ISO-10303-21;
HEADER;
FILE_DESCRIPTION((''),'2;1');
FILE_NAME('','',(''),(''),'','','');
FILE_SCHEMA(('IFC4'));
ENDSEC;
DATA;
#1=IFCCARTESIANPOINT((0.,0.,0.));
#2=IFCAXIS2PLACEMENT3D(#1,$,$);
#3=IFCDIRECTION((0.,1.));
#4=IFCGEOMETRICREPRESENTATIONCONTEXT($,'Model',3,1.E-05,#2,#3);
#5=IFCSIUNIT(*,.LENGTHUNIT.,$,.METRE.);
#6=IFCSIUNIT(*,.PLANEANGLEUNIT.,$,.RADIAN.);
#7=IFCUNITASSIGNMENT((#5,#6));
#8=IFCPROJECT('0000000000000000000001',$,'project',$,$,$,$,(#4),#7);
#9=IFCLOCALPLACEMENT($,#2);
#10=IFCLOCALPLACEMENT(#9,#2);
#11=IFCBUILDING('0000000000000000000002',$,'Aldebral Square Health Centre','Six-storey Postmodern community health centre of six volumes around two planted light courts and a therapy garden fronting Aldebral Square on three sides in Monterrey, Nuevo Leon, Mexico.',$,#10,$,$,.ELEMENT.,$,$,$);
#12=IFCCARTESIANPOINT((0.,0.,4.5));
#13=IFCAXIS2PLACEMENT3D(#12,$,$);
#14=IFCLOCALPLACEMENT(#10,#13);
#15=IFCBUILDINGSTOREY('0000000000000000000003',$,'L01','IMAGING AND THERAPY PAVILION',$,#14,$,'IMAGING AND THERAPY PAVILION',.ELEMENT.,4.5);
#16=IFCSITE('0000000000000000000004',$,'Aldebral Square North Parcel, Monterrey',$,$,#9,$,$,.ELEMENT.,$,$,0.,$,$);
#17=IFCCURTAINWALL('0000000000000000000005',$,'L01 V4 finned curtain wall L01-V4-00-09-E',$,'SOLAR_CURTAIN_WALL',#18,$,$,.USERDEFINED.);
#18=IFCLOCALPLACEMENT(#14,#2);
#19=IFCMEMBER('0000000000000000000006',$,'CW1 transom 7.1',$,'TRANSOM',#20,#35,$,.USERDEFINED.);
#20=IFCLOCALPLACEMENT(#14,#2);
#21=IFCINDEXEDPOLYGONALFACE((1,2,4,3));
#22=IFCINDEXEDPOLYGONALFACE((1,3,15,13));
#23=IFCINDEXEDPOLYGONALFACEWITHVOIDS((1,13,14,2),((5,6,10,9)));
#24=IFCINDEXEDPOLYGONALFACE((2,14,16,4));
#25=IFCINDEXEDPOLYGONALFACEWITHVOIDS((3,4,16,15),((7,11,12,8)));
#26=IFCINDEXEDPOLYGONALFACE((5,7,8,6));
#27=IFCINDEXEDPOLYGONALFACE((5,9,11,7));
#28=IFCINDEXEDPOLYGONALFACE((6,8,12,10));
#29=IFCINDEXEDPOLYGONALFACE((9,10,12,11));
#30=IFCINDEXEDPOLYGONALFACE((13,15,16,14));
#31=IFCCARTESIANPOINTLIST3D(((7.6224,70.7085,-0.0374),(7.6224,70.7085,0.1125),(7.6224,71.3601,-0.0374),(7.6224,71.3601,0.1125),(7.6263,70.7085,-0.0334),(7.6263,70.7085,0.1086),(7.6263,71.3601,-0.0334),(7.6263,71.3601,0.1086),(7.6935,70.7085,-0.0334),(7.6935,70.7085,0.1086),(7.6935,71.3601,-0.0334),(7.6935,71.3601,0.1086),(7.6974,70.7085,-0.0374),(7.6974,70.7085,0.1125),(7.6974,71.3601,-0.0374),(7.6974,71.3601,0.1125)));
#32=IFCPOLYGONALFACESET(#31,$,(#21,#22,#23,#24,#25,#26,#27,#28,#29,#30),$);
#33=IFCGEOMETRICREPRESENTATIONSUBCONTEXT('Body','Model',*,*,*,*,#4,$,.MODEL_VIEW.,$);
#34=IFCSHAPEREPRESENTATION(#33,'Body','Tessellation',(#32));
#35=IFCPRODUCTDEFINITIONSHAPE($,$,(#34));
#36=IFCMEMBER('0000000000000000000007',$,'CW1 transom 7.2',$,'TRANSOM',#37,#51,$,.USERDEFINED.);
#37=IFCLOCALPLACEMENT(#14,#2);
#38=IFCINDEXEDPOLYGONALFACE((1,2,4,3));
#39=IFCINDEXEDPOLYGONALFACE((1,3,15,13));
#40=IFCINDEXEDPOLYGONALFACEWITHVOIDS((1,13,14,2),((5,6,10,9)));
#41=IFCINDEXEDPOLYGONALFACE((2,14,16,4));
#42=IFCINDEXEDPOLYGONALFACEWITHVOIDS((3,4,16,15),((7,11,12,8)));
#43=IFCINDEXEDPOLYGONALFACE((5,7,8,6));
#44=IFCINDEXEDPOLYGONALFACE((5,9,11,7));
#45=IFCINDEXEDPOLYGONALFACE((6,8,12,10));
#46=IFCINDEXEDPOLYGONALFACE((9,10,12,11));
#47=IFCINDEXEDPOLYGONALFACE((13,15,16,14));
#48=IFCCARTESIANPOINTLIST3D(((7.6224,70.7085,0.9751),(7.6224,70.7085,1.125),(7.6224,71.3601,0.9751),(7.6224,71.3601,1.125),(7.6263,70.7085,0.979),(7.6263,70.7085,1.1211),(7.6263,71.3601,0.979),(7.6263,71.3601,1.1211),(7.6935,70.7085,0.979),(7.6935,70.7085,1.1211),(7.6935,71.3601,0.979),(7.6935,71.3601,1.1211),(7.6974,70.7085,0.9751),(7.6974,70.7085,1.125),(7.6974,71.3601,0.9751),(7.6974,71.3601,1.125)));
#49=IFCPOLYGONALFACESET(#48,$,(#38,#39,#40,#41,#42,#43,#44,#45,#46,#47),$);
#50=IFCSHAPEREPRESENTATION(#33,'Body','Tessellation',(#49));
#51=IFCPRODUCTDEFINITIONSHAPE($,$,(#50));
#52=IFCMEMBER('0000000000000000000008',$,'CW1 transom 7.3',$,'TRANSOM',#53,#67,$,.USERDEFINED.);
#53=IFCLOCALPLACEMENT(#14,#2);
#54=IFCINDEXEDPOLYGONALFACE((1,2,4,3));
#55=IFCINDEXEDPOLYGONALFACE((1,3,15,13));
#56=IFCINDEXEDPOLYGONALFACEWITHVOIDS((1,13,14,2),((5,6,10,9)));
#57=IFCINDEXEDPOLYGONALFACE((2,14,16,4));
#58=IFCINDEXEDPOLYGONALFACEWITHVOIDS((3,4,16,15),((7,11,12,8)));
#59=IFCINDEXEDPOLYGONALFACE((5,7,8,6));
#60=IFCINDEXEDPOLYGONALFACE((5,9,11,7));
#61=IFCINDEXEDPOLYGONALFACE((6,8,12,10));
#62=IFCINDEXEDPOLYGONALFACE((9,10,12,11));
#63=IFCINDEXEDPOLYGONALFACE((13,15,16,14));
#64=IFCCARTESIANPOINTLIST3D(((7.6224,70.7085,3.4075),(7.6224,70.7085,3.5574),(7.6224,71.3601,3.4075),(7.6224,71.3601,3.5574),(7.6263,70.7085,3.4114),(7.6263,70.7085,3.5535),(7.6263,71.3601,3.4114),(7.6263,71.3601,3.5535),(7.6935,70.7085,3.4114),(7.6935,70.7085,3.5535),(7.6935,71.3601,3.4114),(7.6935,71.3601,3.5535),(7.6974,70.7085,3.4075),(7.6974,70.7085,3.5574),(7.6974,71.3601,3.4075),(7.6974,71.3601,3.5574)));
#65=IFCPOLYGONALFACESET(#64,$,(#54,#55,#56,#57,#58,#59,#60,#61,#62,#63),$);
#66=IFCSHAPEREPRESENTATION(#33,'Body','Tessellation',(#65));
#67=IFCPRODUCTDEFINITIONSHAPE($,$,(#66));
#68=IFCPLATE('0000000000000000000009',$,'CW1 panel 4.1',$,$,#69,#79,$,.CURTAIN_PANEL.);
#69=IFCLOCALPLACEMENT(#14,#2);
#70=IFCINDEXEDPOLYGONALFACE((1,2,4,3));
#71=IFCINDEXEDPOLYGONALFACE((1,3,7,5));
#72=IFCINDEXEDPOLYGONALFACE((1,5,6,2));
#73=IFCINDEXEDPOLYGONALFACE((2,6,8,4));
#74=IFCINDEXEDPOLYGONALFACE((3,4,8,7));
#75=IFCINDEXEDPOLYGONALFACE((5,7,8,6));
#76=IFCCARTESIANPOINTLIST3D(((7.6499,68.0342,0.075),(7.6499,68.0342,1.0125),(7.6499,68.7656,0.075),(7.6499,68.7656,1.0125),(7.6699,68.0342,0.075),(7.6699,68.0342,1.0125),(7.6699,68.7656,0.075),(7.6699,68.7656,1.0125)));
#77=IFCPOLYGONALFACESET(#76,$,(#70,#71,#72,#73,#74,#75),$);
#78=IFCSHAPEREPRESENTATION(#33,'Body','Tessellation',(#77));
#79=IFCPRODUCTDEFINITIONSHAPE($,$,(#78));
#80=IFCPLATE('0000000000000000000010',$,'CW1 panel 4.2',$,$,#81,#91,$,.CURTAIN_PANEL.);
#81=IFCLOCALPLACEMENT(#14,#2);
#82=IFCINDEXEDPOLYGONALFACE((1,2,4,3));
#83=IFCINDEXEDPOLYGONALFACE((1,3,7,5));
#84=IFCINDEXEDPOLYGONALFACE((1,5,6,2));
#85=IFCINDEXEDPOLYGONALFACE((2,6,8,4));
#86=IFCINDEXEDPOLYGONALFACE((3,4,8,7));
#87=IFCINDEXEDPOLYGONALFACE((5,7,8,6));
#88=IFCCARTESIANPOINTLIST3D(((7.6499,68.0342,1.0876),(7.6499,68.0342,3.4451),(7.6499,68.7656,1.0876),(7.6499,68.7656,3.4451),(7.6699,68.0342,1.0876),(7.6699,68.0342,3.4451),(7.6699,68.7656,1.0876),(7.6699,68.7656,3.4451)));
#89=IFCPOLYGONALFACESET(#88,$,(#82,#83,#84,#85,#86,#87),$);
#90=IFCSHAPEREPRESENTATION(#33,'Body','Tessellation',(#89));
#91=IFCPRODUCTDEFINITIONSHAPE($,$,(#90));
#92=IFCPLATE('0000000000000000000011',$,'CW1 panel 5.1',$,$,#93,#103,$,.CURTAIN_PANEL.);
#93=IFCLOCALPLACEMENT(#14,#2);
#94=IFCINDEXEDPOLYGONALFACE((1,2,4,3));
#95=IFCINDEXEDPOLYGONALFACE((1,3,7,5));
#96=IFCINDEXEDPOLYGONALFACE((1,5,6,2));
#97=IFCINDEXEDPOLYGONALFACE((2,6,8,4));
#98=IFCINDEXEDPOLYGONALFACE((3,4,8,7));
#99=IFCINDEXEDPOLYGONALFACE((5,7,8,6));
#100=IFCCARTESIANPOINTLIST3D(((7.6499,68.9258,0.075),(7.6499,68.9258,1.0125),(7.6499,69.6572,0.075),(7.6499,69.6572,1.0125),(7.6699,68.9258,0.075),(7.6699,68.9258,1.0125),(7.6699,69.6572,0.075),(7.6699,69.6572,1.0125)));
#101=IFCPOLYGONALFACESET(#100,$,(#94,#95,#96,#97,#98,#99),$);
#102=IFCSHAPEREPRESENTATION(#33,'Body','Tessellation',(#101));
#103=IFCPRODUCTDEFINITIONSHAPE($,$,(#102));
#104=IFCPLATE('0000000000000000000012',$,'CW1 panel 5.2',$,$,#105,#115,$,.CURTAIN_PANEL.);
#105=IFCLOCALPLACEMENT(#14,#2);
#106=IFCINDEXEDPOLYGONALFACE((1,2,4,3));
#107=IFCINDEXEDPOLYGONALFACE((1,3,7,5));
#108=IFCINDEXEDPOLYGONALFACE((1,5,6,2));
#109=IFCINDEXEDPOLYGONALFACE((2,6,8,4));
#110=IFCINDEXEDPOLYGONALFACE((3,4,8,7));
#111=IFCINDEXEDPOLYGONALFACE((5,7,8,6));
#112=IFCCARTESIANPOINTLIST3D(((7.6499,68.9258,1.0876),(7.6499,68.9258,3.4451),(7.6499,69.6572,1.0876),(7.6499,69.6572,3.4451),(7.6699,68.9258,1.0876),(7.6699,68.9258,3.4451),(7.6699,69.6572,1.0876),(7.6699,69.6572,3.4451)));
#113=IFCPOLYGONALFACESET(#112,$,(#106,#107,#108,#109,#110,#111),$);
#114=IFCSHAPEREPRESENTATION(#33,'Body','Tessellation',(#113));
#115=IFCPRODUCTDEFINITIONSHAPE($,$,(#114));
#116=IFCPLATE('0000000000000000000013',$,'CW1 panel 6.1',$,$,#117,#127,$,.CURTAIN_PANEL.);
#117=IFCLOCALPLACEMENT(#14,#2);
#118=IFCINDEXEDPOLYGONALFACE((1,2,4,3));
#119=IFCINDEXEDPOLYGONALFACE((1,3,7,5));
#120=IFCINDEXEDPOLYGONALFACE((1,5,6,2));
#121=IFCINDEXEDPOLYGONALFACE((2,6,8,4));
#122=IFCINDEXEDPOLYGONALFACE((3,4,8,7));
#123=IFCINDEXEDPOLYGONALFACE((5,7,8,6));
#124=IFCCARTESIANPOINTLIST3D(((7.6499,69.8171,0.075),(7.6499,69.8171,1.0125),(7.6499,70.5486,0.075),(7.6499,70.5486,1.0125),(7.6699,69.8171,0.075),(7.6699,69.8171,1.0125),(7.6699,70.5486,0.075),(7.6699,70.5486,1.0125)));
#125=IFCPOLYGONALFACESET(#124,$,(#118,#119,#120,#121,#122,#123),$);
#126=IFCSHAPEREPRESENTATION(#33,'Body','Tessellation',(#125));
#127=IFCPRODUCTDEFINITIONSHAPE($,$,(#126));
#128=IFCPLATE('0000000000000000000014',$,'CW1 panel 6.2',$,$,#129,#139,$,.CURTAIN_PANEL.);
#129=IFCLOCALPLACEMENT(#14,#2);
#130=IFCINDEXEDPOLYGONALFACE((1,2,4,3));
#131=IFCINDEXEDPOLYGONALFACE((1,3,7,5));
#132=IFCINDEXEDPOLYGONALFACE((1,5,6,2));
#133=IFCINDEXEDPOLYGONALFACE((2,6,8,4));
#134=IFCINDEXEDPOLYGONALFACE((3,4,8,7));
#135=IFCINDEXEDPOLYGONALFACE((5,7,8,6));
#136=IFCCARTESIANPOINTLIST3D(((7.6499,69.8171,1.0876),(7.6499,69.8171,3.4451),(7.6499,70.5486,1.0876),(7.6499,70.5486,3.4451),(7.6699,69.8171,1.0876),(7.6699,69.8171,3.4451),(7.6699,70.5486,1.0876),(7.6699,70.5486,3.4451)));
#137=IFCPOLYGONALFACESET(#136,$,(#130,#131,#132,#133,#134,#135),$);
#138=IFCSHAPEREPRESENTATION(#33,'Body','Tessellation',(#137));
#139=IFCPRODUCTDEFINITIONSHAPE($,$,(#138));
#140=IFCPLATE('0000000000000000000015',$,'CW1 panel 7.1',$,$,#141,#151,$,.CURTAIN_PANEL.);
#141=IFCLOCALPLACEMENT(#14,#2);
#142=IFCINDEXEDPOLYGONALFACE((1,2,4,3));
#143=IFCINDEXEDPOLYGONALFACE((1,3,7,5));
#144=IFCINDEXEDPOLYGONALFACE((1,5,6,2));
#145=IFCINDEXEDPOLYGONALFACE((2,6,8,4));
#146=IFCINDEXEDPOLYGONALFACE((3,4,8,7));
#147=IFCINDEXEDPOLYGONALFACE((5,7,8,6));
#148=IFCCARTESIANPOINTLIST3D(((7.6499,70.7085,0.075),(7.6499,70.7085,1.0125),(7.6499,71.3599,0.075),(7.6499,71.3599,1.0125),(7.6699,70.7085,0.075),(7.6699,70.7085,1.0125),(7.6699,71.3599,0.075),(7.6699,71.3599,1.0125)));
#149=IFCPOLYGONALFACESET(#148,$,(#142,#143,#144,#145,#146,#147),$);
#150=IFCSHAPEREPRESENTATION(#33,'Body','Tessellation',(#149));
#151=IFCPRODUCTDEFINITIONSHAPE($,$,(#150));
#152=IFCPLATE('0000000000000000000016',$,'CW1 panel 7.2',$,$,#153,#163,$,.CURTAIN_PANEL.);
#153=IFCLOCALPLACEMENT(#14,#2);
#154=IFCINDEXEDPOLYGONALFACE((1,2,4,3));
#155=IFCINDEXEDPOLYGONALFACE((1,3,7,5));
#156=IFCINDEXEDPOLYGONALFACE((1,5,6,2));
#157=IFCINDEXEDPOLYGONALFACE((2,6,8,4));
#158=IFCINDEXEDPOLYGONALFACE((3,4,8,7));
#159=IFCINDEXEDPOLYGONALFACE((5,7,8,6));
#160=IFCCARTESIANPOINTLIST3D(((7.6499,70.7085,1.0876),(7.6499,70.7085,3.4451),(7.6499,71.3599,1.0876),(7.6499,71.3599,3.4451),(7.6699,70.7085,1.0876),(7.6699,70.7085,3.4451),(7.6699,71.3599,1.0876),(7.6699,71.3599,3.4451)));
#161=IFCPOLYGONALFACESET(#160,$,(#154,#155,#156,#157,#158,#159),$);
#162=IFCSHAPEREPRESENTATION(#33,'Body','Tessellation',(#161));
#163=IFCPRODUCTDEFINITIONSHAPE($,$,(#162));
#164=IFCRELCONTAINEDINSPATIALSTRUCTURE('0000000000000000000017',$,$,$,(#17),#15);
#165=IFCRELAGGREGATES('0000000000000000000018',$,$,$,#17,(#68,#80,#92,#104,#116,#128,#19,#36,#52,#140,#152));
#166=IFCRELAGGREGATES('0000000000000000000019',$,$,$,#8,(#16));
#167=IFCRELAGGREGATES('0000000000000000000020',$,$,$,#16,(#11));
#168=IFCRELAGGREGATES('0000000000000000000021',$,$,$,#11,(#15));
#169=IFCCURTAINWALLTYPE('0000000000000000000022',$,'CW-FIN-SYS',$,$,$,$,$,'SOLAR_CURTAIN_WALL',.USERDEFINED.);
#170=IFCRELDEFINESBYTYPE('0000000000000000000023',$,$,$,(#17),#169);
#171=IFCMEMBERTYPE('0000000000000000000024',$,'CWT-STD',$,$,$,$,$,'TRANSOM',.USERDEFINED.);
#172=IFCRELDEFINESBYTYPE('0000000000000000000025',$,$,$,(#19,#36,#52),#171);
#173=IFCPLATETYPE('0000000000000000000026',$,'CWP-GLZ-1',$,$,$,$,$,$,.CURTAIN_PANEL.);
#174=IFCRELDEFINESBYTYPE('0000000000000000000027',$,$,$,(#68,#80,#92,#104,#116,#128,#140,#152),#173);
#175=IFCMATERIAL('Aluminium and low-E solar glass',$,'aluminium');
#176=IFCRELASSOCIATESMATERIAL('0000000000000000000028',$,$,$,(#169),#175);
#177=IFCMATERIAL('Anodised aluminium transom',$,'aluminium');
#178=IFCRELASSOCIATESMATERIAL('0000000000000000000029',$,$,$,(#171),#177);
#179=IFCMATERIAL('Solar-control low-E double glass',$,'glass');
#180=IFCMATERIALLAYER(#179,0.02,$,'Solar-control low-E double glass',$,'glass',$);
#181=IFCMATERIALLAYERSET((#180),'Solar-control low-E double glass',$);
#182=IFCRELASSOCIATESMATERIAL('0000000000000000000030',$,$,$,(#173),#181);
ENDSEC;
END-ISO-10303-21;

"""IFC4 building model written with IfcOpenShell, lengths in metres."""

from ifc_helpers import new_model, si_unit, direction, frame, origin, origin_2d, place, context, subcontext, project, spatial, rectangle, hollow_rectangle, extrude, material, layer, layer_set, material_profile, profile_set, type_object, element, aggregate, save


model = new_model("IFC4")

# Units and contexts
model_context = context("Model", 3, precision=1e-05, world=origin(), true_north=direction((0.0, 1.0)))
body_context = subcontext(model_context, "Body", "Model", "MODEL_VIEW")
ifc_project = project(units=[si_unit("LENGTHUNIT", "METRE"), si_unit("PLANEANGLEUNIT", "RADIAN")], contexts=[model_context])

# Site, building, storey
site_placement = place(None, origin())
site = spatial("IfcSite", under=ifc_project, at=site_placement, Name="Aldebral Square North Parcel, Monterrey", CompositionType="ELEMENT", RefElevation=0.0)
building_placement = place(site_placement, origin())
building = spatial("IfcBuilding", under=site, at=building_placement, Name="Aldebral Square Health Centre", Description="Six-storey Postmodern community health centre of six volumes around two planted light courts and a therapy garden fronting Aldebral Square on three sides in Monterrey, Nuevo Leon, Mexico.", CompositionType="ELEMENT")
storey_placement = place(building_placement, frame((0.0, 0.0, 4.5)))
storey = spatial("IfcBuildingStorey", under=building, at=storey_placement, Name="L01", Description="IMAGING AND THERAPY PAVILION", LongName="IMAGING AND THERAPY PAVILION", CompositionType="ELEMENT", Elevation=4.5)

# Curtain wall, members, plates
ifc_material_1 = material(Name="Aluminium and low-E solar glass", Category="aluminium")
curtain_wall_type = type_object("IfcCurtainWallType", Name="CW-FIN-SYS", ElementType="SOLAR_CURTAIN_WALL", PredefinedType="USERDEFINED", material=ifc_material_1)
curtain_wall_placement = place(storey_placement, origin())
curtain_wall = element("IfcCurtainWall", 1, at=curtain_wall_placement, inside=storey, type_object=curtain_wall_type, Name="L01 V4 finned curtain wall L01-V4-00-09-E", ObjectType="SOLAR_CURTAIN_WALL", PredefinedType="USERDEFINED")
ifc_material_2 = material(Name="Anodised aluminium transom", Category="aluminium")
ifc_material_profile_1 = material_profile(ifc_material_2, hollow_rectangle(XDim=0.075, YDim=0.1499, WallThickness=0.0039, at=origin_2d()), Name="CWT 75x150x4")
ifc_profile_set_1 = profile_set([ifc_material_profile_1], Name="Anodised aluminium transom")
member_type_1 = type_object("IfcMemberType", Name="CWT-STD", ElementType="TRANSOM", PredefinedType="USERDEFINED", material=ifc_profile_set_1)
member_1_placement = place(storey_placement, frame((7.6599, 70.7085, 0.0376), z_axis=(0.0, 1.0, 0.0), x_axis=(-1.0, 0.0, 0.0)))
member_1 = element("IfcMember", 2, at=member_1_placement, type_object=member_type_1, Name="CW1 transom 7.1", ObjectType="TRANSOM", PredefinedType="USERDEFINED", context=body_context, shape_type="SweptSolid", body=[
    extrude(hollow_rectangle(XDim=0.075, YDim=0.1499, WallThickness=0.0039, at=origin_2d()), origin(), (0.0, 0.0, 1.0), 0.6516),
])
member_2_placement = place(storey_placement, frame((7.6599, 70.7085, 1.05), z_axis=(0.0, 1.0, 0.0), x_axis=(-1.0, 0.0, 0.0)))
member_2 = element("IfcMember", 3, at=member_2_placement, type_object=member_type_1, Name="CW1 transom 7.2", ObjectType="TRANSOM", PredefinedType="USERDEFINED", context=body_context, shape_type="SweptSolid", body=[
    extrude(hollow_rectangle(XDim=0.075, YDim=0.1499, WallThickness=0.0039, at=origin_2d()), origin(), (0.0, 0.0, 1.0), 0.6516),
])
member_3_placement = place(storey_placement, frame((7.6599, 70.7085, 3.4824), z_axis=(0.0, 1.0, 0.0), x_axis=(-1.0, 0.0, 0.0)))
member_3 = element("IfcMember", 4, at=member_3_placement, type_object=member_type_1, Name="CW1 transom 7.3", ObjectType="TRANSOM", PredefinedType="USERDEFINED", context=body_context, shape_type="SweptSolid", body=[
    extrude(hollow_rectangle(XDim=0.075, YDim=0.1499, WallThickness=0.0039, at=origin_2d()), origin(), (0.0, 0.0, 1.0), 0.6516),
])
ifc_material_3 = material(Name="Solar-control low-E double glass", Category="glass")
ifc_layer = layer(ifc_material_3, 0.02, Name="Solar-control low-E double glass", Category="glass")
ifc_layer_set = layer_set([ifc_layer], Name="Solar-control low-E double glass")
plate_type = type_object("IfcPlateType", Name="CWP-GLZ-1", PredefinedType="CURTAIN_PANEL", material=ifc_layer_set)
plate_1_placement = place(storey_placement, frame((7.6599, 68.3999, 0.075), z_axis=(0.0, 0.0, 1.0), x_axis=(0.0, 1.0, 0.0)))
plate_1 = element("IfcPlate", 5, at=plate_1_placement, type_object=plate_type, Name="CW1 panel 4.1", PredefinedType="CURTAIN_PANEL", context=body_context, shape_type="SweptSolid", body=[
    extrude(rectangle(XDim=0.7314, YDim=0.02, at=origin_2d()), origin(), (0.0, 0.0, 1.0), 0.9375),
])
plate_2_placement = place(storey_placement, frame((7.6599, 68.3999, 1.0876), z_axis=(0.0, 0.0, 1.0), x_axis=(0.0, 1.0, 0.0)))
plate_2 = element("IfcPlate", 6, at=plate_2_placement, type_object=plate_type, Name="CW1 panel 4.2", PredefinedType="CURTAIN_PANEL", context=body_context, shape_type="SweptSolid", body=[
    extrude(rectangle(XDim=0.7314, YDim=0.02, at=origin_2d()), origin(), (0.0, 0.0, 1.0), 2.3574),
])
plate_3_placement = place(storey_placement, frame((7.6599, 69.2915, 0.075), z_axis=(0.0, 0.0, 1.0), x_axis=(0.0, 1.0, 0.0)))
plate_3 = element("IfcPlate", 7, at=plate_3_placement, type_object=plate_type, Name="CW1 panel 5.1", PredefinedType="CURTAIN_PANEL", context=body_context, shape_type="SweptSolid", body=[
    extrude(rectangle(XDim=0.7314, YDim=0.02, at=origin_2d()), origin(), (0.0, 0.0, 1.0), 0.9375),
])
plate_4_placement = place(storey_placement, frame((7.6599, 69.2915, 1.0876), z_axis=(0.0, 0.0, 1.0), x_axis=(0.0, 1.0, 0.0)))
plate_4 = element("IfcPlate", 8, at=plate_4_placement, type_object=plate_type, Name="CW1 panel 5.2", PredefinedType="CURTAIN_PANEL", context=body_context, shape_type="SweptSolid", body=[
    extrude(rectangle(XDim=0.7314, YDim=0.02, at=origin_2d()), origin(), (0.0, 0.0, 1.0), 2.3574),
])
plate_5_placement = place(storey_placement, frame((7.6599, 70.1829, 0.075), z_axis=(0.0, 0.0, 1.0), x_axis=(0.0, 1.0, 0.0)))
plate_5 = element("IfcPlate", 9, at=plate_5_placement, type_object=plate_type, Name="CW1 panel 6.1", PredefinedType="CURTAIN_PANEL", context=body_context, shape_type="SweptSolid", body=[
    extrude(rectangle(XDim=0.7314, YDim=0.02, at=origin_2d()), origin(), (0.0, 0.0, 1.0), 0.9375),
])
plate_6_placement = place(storey_placement, frame((7.6599, 70.1829, 1.0876), z_axis=(0.0, 0.0, 1.0), x_axis=(0.0, 1.0, 0.0)))
plate_6 = element("IfcPlate", 10, at=plate_6_placement, type_object=plate_type, Name="CW1 panel 6.2", PredefinedType="CURTAIN_PANEL", context=body_context, shape_type="SweptSolid", body=[
    extrude(rectangle(XDim=0.7314, YDim=0.02, at=origin_2d()), origin(), (0.0, 0.0, 1.0), 2.3574),
])
plate_7_placement = place(storey_placement, frame((7.6599, 71.0342, 0.075), z_axis=(0.0, 0.0, 1.0), x_axis=(0.0, 1.0, 0.0)))
plate_7 = element("IfcPlate", 11, at=plate_7_placement, type_object=plate_type, Name="CW1 panel 7.1", PredefinedType="CURTAIN_PANEL", context=body_context, shape_type="SweptSolid", body=[
    extrude(rectangle(XDim=0.6514, YDim=0.02, at=origin_2d()), origin(), (0.0, 0.0, 1.0), 0.9375),
])
plate_8_placement = place(storey_placement, frame((7.6599, 71.0342, 1.0876), z_axis=(0.0, 0.0, 1.0), x_axis=(0.0, 1.0, 0.0)))
plate_8 = element("IfcPlate", 12, at=plate_8_placement, type_object=plate_type, Name="CW1 panel 7.2", PredefinedType="CURTAIN_PANEL", context=body_context, shape_type="SweptSolid", body=[
    extrude(rectangle(XDim=0.6514, YDim=0.02, at=origin_2d()), origin(), (0.0, 0.0, 1.0), 2.3574),
])
aggregate(curtain_wall, [plate_1, plate_2, plate_3, plate_4, plate_5, plate_6, member_1, member_2, member_3, plate_7, plate_8])

save(model, "model.ifc")
